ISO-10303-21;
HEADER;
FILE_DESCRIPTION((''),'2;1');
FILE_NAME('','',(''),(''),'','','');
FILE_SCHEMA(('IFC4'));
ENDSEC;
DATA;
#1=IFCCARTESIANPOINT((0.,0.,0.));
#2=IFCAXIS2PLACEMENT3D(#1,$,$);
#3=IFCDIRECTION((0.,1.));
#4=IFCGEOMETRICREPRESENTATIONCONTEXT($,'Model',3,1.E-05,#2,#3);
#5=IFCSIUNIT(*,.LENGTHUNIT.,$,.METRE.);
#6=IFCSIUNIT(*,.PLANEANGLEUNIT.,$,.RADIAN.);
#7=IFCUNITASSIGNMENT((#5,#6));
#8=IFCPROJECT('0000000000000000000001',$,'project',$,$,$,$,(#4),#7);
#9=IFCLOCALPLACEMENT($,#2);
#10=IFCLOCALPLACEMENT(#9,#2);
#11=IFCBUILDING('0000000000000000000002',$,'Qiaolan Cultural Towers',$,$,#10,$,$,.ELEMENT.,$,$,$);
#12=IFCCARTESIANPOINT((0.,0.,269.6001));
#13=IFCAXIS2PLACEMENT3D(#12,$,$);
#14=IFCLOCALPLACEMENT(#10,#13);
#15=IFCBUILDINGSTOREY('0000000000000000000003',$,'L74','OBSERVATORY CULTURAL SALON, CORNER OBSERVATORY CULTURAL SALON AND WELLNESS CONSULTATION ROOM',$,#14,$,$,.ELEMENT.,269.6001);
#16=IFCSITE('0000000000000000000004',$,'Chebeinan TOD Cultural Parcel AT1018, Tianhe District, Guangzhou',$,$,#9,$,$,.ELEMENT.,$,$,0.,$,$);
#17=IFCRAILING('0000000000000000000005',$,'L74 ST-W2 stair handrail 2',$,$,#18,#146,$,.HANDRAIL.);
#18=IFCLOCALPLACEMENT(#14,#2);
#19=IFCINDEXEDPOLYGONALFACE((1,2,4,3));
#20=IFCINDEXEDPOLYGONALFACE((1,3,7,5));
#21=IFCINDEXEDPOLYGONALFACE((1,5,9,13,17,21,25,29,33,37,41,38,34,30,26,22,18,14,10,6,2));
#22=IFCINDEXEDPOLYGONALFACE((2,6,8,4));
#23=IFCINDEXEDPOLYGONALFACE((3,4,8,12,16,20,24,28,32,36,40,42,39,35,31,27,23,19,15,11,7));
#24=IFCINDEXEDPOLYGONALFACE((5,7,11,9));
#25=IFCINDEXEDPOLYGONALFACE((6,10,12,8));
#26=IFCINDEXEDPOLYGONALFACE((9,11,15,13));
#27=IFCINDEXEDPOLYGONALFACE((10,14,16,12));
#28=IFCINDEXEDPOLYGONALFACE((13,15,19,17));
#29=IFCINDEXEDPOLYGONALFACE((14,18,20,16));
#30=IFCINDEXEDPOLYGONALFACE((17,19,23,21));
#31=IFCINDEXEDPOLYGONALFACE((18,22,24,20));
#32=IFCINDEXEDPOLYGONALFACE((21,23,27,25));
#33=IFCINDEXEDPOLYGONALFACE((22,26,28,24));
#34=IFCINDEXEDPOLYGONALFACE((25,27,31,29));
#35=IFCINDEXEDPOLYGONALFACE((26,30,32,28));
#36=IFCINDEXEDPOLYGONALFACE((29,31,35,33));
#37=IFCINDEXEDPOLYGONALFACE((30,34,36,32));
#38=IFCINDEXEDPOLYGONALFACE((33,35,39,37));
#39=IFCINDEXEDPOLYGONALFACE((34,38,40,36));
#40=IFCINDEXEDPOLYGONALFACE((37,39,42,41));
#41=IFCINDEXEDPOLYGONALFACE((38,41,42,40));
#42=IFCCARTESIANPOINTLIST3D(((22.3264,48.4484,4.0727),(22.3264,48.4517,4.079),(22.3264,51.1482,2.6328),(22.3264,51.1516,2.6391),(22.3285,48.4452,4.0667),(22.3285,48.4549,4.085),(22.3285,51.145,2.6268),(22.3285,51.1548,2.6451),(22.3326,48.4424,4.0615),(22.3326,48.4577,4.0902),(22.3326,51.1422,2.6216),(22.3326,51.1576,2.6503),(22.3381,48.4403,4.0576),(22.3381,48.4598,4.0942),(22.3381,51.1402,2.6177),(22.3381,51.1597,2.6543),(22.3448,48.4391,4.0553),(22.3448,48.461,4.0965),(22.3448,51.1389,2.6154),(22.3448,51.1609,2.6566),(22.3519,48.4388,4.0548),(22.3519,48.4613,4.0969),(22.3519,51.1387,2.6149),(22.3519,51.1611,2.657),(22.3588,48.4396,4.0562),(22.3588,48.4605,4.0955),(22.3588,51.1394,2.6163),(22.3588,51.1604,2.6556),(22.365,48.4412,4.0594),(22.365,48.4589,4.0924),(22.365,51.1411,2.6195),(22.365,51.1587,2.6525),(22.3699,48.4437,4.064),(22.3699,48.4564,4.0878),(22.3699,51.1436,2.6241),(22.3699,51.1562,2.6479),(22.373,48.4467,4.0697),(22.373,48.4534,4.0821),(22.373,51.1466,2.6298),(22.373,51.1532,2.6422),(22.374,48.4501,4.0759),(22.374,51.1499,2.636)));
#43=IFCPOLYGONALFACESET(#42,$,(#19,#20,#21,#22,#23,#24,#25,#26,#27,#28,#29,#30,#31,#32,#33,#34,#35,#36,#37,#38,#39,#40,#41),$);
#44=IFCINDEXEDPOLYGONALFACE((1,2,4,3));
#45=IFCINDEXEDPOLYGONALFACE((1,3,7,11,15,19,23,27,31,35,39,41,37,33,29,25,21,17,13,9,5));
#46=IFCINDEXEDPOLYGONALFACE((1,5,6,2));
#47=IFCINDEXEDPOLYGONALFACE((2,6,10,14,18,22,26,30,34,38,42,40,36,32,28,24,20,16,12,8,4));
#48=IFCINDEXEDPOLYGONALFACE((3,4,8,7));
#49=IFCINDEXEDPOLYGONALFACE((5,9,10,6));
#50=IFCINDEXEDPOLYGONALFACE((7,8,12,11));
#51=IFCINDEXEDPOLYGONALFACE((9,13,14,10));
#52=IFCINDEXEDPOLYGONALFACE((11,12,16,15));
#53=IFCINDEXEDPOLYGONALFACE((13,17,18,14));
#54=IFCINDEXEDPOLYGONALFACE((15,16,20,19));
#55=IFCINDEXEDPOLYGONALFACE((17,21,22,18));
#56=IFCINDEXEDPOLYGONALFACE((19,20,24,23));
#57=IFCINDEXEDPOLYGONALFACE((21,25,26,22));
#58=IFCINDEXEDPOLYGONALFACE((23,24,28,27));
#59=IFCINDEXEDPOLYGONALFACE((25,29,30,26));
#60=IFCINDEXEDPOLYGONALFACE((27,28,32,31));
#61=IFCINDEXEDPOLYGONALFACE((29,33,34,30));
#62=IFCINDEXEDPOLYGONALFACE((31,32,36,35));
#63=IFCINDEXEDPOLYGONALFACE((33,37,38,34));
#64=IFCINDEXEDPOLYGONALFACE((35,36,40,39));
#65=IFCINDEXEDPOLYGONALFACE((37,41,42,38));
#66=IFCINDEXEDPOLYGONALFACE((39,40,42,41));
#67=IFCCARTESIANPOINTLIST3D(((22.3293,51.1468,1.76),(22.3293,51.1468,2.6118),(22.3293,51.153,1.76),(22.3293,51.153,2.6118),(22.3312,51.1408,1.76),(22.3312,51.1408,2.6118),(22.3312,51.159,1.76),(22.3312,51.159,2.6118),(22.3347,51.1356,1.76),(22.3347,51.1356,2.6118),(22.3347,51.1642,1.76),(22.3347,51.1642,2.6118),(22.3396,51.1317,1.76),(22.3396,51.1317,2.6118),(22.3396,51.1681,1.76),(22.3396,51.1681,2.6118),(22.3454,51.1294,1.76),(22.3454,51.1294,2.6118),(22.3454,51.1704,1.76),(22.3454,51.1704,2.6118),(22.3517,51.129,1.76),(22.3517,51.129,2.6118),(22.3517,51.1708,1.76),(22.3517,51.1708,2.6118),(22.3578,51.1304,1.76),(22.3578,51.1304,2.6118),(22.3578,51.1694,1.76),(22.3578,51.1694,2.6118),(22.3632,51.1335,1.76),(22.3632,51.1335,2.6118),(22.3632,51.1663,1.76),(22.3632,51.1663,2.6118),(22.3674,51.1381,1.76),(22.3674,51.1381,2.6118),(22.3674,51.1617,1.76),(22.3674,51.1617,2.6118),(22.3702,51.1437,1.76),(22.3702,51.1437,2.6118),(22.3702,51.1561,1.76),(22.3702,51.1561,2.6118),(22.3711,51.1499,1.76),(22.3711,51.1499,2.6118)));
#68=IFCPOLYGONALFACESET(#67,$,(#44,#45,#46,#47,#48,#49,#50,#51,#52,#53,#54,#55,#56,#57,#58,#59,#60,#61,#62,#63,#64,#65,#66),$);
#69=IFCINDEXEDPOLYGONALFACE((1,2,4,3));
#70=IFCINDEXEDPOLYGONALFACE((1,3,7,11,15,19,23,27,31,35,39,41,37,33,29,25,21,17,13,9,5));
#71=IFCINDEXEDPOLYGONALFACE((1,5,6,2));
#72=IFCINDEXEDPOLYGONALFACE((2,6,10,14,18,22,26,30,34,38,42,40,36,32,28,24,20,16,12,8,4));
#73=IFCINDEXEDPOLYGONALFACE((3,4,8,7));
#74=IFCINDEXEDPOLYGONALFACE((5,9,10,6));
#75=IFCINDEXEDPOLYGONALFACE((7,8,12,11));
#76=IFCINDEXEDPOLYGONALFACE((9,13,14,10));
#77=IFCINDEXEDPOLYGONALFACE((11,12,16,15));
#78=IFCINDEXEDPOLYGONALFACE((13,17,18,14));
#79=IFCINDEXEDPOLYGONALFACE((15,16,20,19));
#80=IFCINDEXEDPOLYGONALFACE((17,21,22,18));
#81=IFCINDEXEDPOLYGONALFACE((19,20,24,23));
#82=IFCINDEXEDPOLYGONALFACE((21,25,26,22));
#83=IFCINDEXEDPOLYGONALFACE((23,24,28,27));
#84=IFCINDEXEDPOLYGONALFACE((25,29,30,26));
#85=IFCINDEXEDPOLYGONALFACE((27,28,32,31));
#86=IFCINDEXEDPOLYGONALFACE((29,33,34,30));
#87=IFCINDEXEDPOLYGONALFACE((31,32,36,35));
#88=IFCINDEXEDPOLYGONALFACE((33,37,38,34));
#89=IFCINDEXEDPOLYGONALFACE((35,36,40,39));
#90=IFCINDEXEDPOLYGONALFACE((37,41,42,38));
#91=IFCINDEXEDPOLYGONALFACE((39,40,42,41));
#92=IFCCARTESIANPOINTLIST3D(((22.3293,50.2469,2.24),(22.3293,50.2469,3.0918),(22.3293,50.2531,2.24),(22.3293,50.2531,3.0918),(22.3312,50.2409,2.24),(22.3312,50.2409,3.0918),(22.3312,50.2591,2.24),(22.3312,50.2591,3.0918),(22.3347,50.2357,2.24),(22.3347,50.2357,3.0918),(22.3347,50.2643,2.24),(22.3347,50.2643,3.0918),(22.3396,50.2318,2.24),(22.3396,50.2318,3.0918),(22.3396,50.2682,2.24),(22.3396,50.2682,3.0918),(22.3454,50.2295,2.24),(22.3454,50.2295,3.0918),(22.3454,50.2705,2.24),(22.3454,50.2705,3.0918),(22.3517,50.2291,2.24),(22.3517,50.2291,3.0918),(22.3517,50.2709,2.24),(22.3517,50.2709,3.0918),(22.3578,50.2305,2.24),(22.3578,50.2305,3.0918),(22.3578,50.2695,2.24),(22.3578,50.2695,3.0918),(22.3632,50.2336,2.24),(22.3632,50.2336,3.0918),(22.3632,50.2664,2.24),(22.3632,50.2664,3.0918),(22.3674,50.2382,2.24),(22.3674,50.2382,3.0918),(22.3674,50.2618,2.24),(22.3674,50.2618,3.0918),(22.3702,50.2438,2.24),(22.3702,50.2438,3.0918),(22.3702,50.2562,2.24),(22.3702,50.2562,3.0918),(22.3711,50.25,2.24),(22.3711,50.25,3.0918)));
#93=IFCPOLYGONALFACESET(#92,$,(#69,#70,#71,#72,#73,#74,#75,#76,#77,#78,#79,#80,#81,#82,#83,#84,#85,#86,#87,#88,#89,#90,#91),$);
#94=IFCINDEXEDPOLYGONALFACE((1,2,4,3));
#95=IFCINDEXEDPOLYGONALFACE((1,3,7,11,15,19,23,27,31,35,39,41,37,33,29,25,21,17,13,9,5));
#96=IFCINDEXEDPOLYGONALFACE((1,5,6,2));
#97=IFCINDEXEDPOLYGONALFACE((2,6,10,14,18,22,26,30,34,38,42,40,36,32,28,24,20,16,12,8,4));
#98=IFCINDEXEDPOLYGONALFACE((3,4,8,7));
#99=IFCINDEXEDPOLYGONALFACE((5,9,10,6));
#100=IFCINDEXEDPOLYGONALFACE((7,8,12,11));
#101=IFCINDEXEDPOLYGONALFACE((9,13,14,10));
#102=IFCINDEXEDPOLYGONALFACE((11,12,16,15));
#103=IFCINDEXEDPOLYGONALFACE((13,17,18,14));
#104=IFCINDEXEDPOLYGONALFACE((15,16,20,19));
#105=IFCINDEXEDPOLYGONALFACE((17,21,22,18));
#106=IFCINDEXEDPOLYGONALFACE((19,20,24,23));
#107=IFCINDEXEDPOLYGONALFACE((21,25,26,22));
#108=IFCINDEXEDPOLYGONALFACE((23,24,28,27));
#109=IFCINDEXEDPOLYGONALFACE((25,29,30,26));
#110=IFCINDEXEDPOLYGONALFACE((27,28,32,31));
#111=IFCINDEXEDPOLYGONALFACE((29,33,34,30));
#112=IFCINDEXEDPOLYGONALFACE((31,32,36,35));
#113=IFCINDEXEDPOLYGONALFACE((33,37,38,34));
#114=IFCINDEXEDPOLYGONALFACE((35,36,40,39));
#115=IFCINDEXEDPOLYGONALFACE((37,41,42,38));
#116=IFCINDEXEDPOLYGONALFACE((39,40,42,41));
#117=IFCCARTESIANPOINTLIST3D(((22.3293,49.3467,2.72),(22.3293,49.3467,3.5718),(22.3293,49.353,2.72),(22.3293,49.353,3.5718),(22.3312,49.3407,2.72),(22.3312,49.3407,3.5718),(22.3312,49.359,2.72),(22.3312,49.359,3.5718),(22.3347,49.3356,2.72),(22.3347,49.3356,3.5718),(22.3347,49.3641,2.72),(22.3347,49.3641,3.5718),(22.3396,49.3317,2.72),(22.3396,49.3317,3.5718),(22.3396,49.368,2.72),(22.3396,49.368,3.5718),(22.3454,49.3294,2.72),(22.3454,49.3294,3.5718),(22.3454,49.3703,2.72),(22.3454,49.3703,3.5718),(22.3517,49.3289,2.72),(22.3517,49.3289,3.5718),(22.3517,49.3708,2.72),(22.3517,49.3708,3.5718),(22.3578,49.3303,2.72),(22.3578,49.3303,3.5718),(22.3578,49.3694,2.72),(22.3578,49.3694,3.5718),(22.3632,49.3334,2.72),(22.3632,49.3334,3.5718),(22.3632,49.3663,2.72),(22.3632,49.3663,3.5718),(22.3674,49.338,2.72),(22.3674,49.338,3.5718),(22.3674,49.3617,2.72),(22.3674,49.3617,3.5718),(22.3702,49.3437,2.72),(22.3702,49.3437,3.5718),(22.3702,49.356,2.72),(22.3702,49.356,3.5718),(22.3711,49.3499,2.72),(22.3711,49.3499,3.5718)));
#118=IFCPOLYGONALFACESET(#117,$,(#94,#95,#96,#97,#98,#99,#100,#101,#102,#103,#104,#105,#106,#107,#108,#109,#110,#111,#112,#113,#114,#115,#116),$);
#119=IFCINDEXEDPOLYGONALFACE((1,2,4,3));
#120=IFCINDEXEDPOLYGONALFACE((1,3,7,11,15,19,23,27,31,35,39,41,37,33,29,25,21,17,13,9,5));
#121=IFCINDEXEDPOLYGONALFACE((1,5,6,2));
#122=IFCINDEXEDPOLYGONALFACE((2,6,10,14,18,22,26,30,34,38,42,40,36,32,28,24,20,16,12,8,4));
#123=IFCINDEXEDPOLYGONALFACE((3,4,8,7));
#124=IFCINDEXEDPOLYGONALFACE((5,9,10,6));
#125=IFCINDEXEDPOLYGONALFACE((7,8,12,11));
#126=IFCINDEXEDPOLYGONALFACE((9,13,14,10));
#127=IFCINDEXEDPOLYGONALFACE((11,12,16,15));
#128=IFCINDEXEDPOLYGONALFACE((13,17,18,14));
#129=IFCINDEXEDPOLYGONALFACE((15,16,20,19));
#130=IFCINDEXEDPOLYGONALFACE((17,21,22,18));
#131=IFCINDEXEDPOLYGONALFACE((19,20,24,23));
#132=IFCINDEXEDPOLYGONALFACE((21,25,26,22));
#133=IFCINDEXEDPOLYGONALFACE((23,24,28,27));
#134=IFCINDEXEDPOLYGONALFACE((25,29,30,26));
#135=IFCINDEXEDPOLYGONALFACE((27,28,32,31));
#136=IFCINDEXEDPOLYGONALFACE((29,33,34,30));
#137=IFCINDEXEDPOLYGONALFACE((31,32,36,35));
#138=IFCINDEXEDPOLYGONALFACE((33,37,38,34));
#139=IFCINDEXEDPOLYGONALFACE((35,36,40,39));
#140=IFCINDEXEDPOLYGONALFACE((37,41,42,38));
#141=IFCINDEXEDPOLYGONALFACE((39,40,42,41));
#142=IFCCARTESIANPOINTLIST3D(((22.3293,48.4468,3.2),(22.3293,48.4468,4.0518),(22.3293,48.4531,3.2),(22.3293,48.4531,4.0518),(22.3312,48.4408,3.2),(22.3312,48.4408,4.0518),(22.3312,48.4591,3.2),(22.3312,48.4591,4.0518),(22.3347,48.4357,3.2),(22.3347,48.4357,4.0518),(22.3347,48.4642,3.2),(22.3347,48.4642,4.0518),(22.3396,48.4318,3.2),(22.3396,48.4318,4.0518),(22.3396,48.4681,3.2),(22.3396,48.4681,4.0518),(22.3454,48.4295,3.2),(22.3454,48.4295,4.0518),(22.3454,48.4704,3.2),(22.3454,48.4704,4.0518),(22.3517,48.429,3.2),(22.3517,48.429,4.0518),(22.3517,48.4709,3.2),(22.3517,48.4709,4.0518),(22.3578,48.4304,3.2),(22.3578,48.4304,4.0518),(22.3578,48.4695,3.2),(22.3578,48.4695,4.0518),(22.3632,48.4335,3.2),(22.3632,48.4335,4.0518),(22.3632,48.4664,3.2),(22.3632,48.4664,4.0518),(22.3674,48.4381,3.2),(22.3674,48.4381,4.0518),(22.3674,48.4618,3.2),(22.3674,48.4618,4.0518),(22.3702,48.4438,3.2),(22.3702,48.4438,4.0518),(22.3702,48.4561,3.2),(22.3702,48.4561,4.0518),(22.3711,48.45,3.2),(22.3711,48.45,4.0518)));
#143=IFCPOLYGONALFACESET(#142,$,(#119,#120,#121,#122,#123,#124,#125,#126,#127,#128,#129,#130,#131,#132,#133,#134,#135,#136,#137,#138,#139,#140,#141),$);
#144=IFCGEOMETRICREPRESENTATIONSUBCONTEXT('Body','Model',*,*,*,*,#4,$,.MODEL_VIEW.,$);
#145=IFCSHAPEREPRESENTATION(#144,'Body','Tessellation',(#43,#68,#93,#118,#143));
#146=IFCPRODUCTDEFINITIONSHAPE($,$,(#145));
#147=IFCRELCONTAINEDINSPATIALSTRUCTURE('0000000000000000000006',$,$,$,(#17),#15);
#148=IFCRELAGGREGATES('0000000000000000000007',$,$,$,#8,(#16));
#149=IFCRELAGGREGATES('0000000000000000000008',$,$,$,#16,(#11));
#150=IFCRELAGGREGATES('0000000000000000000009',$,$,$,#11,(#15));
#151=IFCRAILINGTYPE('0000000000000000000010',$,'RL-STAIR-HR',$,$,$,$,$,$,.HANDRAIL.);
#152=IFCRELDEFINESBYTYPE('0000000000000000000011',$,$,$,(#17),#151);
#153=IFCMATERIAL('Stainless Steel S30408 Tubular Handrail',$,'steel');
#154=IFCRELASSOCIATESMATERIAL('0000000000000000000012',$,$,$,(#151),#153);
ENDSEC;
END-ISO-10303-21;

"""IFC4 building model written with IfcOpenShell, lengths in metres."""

from ifc_helpers import new_model, si_unit, direction, frame, origin, origin_2d, place, context, subcontext, project, spatial, circle, extrude, material, type_object, element, save


model = new_model("IFC4")

# Units and contexts
model_context = context("Model", 3, precision=1e-05, world=origin(), true_north=direction((0.0, 1.0)))
body_context = subcontext(model_context, "Body", "Model", "MODEL_VIEW")
ifc_project = project(units=[si_unit("LENGTHUNIT", "METRE"), si_unit("PLANEANGLEUNIT", "RADIAN")], contexts=[model_context])

# Site, building, storey
site_placement = place(None, origin())
site = spatial("IfcSite", under=ifc_project, at=site_placement, Name="Chebeinan TOD Cultural Parcel AT1018, Tianhe District, Guangzhou", CompositionType="ELEMENT", RefElevation=0.0)
building_placement = place(site_placement, origin())
building = spatial("IfcBuilding", under=site, at=building_placement, Name="Qiaolan Cultural Towers", CompositionType="ELEMENT")
storey_placement = place(building_placement, frame((0.0, 0.0, 269.6001)))
storey = spatial("IfcBuildingStorey", under=building, at=storey_placement, Name="L74", Description="OBSERVATORY CULTURAL SALON, CORNER OBSERVATORY CULTURAL SALON AND WELLNESS CONSULTATION ROOM", CompositionType="ELEMENT", Elevation=269.6001)

# Railing
ifc_material_1 = material(Name="Stainless Steel S30408 Tubular Handrail", Category="steel")
railing_type_1 = type_object("IfcRailingType", Name="RL-STAIR-HR", PredefinedType="HANDRAIL", material=ifc_material_1)
railing_1_placement = place(storey_placement, frame((22.3501, 51.1499, 1.76)))
element("IfcRailing", 1, at=railing_1_placement, inside=storey, type_object=railing_type_1, Name="L74 ST-W2 stair handrail 2", PredefinedType="HANDRAIL", context=body_context, shape_type="SweptSolid", body=[
    extrude(circle(Radius=0.0239, at=origin_2d()), frame((0.0, 0.0, 0.876), z_axis=(0.0, -0.882357, 0.47058), x_axis=(1.0, 0.0, 0.0)), (0.0, 0.0, 1.0), 3.0598),
    extrude(circle(Radius=0.021, at=origin_2d()), origin(), (0.0, 0.0, 1.0), 0.8518),
    extrude(circle(Radius=0.021, at=origin_2d()), frame((0.0, -0.8999, 0.48)), (0.0, 0.0, 1.0), 0.8518),
    extrude(circle(Radius=0.021, at=origin_2d()), frame((0.0, -1.8, 0.96)), (0.0, 0.0, 1.0), 0.8518),
    extrude(circle(Radius=0.021, at=origin_2d()), frame((0.0, -2.7, 1.4399)), (0.0, 0.0, 1.0), 0.8518),
])

save(model, "model.ifc")
